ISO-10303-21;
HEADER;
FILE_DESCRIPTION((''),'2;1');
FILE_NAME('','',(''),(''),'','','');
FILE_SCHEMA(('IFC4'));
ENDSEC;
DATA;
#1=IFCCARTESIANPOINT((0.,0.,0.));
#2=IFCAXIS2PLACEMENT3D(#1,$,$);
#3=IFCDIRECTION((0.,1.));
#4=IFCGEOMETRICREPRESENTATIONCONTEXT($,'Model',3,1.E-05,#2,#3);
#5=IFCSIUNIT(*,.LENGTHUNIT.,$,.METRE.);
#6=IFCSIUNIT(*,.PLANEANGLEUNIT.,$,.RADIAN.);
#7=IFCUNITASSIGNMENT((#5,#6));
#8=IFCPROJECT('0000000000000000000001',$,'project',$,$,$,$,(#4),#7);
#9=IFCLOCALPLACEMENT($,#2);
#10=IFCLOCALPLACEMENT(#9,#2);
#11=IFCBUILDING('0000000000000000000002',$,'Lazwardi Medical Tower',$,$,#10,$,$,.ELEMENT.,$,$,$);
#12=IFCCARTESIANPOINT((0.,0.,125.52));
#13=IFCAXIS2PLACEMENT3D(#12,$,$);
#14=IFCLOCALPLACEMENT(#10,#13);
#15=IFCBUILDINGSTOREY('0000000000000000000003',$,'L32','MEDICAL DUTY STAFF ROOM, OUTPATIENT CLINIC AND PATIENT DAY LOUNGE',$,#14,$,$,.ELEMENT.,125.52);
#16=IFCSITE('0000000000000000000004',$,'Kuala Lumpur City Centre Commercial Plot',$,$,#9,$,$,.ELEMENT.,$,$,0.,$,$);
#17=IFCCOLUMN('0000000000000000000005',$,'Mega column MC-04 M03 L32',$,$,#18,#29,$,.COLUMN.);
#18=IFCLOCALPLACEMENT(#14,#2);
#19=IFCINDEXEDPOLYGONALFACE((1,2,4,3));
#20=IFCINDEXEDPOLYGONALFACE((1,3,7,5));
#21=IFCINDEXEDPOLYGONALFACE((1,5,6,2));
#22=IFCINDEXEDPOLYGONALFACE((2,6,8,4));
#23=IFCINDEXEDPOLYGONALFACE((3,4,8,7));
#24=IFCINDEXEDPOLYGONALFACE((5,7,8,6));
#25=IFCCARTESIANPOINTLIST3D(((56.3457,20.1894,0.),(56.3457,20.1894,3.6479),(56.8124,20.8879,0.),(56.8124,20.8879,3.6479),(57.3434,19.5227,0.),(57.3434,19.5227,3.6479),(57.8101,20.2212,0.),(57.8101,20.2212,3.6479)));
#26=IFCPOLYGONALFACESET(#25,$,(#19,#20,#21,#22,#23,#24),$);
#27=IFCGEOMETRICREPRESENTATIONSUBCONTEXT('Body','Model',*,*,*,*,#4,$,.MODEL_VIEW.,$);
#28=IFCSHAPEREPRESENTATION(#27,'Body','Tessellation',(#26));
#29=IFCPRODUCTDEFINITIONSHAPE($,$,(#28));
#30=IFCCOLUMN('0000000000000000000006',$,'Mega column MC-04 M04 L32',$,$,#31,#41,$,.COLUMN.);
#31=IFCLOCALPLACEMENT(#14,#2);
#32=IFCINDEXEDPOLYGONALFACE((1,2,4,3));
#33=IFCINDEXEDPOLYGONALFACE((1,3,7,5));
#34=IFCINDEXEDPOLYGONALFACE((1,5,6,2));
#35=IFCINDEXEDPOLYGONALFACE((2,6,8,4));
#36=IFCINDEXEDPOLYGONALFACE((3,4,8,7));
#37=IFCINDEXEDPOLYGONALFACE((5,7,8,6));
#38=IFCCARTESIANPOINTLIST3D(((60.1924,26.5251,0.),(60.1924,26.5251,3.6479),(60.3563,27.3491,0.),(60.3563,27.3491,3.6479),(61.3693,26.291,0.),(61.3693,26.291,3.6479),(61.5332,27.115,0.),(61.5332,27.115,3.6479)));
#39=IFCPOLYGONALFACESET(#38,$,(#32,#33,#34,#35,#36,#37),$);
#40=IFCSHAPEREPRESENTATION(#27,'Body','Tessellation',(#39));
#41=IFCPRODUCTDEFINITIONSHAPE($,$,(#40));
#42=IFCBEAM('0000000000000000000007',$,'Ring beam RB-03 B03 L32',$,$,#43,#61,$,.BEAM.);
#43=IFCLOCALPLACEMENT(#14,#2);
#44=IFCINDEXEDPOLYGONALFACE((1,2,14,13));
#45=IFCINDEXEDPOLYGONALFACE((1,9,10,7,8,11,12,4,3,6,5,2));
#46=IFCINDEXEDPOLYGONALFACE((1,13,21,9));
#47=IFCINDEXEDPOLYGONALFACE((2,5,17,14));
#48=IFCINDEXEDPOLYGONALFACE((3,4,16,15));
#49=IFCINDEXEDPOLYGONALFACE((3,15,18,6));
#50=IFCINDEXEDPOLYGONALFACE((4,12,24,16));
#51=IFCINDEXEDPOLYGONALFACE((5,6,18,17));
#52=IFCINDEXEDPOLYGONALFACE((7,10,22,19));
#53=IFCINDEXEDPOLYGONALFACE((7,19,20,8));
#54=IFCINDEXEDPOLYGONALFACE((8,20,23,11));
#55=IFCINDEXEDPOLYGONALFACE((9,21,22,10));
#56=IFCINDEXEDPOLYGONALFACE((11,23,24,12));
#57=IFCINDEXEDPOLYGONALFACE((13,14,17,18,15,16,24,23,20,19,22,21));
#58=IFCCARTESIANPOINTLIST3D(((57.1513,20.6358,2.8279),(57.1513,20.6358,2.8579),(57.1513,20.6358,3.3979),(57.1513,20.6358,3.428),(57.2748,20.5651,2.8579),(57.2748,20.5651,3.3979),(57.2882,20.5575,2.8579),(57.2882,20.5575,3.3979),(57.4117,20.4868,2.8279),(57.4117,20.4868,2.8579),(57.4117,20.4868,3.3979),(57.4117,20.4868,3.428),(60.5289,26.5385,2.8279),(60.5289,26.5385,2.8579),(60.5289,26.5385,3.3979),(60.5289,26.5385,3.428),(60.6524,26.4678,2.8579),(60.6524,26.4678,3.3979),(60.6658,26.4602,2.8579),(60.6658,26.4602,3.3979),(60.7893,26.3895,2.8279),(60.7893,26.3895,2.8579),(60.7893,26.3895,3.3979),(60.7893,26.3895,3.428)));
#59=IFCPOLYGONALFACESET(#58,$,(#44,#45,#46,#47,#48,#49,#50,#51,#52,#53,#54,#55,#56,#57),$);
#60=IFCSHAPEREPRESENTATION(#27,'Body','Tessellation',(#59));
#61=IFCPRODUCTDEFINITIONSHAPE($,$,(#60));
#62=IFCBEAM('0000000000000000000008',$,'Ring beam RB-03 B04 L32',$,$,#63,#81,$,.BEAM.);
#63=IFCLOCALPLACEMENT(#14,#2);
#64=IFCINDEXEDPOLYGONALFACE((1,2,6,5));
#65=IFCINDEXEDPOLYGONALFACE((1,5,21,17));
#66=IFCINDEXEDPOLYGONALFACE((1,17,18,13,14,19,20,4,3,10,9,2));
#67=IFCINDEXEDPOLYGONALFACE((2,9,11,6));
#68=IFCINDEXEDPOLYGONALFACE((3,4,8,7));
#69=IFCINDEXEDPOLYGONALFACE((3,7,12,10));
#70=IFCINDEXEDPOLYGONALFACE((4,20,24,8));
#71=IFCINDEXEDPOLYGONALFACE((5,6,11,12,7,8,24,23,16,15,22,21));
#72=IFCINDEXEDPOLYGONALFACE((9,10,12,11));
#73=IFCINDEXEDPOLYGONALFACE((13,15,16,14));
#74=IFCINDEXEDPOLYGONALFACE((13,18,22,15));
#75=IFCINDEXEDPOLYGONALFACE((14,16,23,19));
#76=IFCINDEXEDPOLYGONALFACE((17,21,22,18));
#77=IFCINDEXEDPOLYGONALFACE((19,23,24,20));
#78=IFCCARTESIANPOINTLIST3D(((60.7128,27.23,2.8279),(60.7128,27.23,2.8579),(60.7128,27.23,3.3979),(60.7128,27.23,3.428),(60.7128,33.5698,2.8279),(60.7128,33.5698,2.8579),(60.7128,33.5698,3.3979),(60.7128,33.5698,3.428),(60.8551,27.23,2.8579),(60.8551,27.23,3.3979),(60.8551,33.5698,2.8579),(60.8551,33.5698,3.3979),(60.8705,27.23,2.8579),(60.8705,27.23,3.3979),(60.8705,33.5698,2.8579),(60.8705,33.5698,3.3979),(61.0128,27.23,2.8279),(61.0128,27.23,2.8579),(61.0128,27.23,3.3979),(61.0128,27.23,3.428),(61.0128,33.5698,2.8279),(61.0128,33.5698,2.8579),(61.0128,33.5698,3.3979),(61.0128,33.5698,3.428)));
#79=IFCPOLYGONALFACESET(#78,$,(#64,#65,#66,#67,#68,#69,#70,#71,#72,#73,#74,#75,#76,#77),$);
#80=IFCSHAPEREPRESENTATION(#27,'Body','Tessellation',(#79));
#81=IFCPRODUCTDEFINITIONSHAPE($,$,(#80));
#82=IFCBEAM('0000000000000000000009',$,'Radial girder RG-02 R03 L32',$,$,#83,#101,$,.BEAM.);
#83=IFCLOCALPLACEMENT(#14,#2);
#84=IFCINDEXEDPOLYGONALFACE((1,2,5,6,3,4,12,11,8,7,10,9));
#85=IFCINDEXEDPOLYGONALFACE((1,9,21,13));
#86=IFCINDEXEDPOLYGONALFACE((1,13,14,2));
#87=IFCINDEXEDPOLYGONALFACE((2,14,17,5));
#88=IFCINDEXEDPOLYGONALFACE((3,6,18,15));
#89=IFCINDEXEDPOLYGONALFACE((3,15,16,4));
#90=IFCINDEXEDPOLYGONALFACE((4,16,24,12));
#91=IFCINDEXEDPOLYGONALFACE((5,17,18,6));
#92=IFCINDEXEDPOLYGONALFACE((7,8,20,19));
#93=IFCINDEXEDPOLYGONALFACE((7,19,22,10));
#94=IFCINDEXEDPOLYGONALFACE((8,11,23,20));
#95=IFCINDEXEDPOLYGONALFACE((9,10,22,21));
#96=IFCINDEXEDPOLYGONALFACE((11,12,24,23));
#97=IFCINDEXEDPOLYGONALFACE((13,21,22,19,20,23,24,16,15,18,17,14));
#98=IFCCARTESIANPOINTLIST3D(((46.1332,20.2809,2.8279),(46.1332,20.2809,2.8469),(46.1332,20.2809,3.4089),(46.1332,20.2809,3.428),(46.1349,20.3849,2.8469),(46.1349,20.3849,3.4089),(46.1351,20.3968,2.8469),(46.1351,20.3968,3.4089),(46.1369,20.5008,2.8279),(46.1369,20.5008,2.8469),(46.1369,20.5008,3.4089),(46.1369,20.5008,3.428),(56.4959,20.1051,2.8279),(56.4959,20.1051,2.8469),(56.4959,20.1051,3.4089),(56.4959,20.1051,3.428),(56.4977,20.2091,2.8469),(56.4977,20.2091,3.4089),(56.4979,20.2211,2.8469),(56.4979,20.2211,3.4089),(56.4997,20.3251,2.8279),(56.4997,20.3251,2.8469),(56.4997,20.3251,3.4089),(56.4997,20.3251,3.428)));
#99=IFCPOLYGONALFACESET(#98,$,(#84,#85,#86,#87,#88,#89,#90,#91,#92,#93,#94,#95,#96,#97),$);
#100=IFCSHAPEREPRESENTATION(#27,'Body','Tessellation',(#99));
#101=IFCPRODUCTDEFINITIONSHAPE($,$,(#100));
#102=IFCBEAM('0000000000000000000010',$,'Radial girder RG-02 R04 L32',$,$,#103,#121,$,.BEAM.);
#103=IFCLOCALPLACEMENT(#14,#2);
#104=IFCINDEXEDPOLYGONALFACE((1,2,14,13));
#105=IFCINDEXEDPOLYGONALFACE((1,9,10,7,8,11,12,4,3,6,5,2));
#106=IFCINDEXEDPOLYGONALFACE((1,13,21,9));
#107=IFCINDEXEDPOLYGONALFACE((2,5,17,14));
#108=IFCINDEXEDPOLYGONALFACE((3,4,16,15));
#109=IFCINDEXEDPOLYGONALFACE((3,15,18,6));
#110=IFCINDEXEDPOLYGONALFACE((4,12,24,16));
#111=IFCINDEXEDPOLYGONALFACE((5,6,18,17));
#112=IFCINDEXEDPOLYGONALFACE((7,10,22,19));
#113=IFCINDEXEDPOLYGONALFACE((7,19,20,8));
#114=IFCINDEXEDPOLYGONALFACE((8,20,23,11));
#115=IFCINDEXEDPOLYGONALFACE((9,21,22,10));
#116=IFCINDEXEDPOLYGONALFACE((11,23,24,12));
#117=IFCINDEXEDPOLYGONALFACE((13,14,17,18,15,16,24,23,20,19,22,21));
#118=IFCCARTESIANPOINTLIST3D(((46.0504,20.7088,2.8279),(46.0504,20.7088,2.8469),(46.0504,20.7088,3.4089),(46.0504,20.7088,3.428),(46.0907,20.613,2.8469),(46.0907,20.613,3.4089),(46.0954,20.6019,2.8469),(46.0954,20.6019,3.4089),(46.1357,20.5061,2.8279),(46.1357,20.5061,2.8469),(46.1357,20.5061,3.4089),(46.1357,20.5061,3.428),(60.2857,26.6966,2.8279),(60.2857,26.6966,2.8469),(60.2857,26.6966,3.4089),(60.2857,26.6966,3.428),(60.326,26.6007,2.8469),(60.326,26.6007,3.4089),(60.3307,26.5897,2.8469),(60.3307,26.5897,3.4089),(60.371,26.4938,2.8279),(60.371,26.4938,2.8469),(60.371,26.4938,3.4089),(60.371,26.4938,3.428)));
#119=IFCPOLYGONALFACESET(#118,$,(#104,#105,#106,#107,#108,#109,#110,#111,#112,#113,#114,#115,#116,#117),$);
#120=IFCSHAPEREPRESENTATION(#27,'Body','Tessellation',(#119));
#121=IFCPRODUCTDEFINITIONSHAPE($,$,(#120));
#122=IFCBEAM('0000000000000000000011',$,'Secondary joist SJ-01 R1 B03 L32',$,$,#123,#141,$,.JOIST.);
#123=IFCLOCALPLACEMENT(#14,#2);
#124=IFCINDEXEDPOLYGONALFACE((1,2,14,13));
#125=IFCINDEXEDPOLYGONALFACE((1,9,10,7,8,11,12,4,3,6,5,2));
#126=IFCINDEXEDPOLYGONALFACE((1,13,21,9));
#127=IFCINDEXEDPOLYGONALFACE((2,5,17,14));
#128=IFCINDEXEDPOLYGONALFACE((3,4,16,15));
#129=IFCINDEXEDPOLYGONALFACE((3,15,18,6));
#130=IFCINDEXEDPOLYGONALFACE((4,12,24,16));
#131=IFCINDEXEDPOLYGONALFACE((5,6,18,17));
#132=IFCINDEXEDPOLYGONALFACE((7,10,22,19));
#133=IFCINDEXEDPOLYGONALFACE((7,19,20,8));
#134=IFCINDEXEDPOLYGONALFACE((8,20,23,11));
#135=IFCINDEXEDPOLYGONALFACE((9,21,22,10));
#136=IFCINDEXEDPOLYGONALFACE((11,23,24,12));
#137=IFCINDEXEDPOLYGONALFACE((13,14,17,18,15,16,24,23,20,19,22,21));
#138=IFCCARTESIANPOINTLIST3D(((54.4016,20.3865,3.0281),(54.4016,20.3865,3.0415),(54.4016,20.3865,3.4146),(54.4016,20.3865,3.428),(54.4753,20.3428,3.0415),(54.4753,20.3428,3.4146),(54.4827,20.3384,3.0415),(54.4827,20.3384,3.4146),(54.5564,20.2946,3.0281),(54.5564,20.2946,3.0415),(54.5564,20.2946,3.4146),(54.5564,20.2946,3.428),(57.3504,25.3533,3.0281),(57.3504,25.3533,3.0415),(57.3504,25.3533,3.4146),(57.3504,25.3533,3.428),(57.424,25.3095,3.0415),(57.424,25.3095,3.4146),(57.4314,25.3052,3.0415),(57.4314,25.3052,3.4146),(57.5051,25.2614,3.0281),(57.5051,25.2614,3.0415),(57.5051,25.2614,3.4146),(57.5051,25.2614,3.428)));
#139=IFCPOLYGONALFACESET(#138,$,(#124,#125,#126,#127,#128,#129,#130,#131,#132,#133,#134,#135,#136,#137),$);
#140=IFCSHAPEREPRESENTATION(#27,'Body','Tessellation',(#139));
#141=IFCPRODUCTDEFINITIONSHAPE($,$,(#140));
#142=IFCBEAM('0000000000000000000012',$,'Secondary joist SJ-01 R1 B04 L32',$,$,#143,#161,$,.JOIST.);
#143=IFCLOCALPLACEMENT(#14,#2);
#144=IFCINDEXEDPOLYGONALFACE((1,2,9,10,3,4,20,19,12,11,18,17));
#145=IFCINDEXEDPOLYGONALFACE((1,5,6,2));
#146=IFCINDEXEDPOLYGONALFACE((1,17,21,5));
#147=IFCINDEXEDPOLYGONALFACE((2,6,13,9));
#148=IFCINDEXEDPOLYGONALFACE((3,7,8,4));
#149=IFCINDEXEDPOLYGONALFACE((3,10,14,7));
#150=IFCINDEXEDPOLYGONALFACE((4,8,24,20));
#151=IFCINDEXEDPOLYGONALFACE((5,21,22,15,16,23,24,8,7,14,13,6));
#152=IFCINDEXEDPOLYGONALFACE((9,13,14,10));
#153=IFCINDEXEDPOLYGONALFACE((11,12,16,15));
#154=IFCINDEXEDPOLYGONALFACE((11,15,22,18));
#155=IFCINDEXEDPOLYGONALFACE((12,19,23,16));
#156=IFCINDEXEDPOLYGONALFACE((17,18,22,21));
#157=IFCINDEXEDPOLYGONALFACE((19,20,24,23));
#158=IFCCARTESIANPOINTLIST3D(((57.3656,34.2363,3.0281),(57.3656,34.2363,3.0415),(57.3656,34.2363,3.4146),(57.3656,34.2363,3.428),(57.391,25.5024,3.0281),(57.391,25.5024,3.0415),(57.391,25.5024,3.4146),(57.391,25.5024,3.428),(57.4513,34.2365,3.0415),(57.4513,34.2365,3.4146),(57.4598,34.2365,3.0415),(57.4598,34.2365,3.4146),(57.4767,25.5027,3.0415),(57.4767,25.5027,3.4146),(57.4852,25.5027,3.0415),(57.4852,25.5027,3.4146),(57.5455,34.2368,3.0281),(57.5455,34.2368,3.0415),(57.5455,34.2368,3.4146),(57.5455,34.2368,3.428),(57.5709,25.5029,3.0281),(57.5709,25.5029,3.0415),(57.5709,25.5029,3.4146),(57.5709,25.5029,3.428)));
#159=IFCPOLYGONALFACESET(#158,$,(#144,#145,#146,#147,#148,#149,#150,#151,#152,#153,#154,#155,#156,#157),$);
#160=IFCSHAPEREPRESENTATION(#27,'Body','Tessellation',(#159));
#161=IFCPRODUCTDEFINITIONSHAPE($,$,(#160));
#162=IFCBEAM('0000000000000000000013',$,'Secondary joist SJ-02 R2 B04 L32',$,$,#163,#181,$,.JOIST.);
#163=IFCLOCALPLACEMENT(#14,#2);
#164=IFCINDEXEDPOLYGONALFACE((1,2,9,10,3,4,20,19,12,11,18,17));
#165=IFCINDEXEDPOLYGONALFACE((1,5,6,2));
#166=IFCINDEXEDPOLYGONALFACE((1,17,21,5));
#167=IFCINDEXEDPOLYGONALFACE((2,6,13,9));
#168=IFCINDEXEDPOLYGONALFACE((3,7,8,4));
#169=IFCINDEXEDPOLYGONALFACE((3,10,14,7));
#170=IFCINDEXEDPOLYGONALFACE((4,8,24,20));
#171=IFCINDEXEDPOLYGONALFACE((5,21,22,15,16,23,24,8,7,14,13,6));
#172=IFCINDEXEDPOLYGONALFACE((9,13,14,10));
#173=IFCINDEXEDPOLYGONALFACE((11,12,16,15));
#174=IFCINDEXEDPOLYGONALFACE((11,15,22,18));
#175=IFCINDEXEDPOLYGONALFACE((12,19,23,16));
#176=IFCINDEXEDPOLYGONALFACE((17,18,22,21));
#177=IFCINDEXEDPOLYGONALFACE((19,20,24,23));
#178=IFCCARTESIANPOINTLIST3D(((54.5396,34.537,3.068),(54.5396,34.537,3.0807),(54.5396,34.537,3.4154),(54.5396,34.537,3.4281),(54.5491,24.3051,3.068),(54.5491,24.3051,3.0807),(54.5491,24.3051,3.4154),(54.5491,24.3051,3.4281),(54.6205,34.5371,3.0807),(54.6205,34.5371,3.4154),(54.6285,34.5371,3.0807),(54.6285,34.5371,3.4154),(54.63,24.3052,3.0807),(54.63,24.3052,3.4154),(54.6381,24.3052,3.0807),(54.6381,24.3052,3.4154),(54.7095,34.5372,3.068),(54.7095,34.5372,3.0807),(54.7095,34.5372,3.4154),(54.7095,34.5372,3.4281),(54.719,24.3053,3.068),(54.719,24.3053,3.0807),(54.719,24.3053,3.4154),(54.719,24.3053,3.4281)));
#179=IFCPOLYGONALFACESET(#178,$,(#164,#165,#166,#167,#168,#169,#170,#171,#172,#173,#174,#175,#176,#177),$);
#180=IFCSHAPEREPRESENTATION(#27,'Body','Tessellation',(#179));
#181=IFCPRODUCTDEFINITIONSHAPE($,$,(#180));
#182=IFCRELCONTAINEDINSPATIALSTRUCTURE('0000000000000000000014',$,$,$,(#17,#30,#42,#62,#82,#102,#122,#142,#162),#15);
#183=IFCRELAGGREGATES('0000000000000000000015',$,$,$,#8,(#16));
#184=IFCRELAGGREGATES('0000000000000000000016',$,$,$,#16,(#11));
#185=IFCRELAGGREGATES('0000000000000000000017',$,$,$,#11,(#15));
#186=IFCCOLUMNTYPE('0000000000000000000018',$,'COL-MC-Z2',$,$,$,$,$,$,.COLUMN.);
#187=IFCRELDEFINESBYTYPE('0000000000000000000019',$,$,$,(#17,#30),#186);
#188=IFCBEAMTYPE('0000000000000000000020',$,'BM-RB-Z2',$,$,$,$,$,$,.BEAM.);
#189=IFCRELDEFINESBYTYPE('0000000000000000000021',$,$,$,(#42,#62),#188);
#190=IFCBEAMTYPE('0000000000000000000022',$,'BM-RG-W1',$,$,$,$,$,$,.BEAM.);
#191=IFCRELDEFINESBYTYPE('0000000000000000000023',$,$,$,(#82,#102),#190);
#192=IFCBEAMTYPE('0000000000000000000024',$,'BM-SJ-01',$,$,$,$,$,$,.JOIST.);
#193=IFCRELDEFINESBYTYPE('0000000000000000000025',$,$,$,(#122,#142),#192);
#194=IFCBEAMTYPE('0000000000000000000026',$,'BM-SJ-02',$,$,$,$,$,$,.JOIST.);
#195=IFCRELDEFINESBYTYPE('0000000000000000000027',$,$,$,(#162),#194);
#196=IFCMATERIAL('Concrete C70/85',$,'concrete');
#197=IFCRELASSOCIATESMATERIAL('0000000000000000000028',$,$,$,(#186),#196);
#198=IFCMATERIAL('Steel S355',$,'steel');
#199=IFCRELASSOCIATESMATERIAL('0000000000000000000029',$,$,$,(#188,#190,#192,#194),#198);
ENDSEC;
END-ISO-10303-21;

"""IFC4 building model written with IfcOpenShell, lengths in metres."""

from ifc_helpers import new_model, si_unit, direction, frame, origin, origin_2d, place, context, subcontext, project, spatial, rectangle, i_section, extrude, material, material_profile, profile_set, type_object, element, save


model = new_model("IFC4")

# Units and contexts
model_context = context("Model", 3, precision=1e-05, world=origin(), true_north=direction((0.0, 1.0)))
body_context = subcontext(model_context, "Body", "Model", "MODEL_VIEW")
ifc_project = project(units=[si_unit("LENGTHUNIT", "METRE"), si_unit("PLANEANGLEUNIT", "RADIAN")], contexts=[model_context])

# Site, building, storey
site_placement = place(None, origin())
site = spatial("IfcSite", under=ifc_project, at=site_placement, Name="Kuala Lumpur City Centre Commercial Plot", CompositionType="ELEMENT", RefElevation=0.0)
building_placement = place(site_placement, origin())
building = spatial("IfcBuilding", under=site, at=building_placement, Name="Lazwardi Medical Tower", CompositionType="ELEMENT")
storey_placement = place(building_placement, frame((0.0, 0.0, 125.52)))
storey = spatial("IfcBuildingStorey", under=building, at=storey_placement, Name="L32", Description="MEDICAL DUTY STAFF ROOM, OUTPATIENT CLINIC AND PATIENT DAY LOUNGE", CompositionType="ELEMENT", Elevation=125.52)

# Columns
ifc_material_1 = material(Name="Concrete C70/85", Category="concrete")
ifc_material_profile_1 = material_profile(ifc_material_1, rectangle(XDim=1.2, YDim=0.8401, at=origin_2d()), Name="CFT-RECT 1200x840")
ifc_profile_set_1 = profile_set([ifc_material_profile_1], Name="Concrete C70/85")
column_type = type_object("IfcColumnType", Name="COL-MC-Z2", PredefinedType="COLUMN", material=ifc_profile_set_1)
for number, where, z_axis, x_axis, name in (
    (1, (57.0779, 20.2053, 0.0), (0.0, 0.0, 1.0), (0.83147, -0.55557, 0.0), "Mega column MC-04 M03 L32"),
    (2, (60.8628, 26.8201, 0.0), (0.0, 0.0, 1.0), (0.980785, -0.19509, 0.0), "Mega column MC-04 M04 L32"),
):
    element("IfcColumn", number, at=place(storey_placement, frame(where, z_axis=z_axis, x_axis=x_axis)), inside=storey, type_object=column_type, Name=name, PredefinedType="COLUMN", context=body_context, shape_type="SweptSolid", body=[
        extrude(rectangle(XDim=1.2, YDim=0.8401, at=origin_2d()), origin(), (0.0, 0.0, 1.0), 3.6479),
    ])

# Beams
ifc_material_2 = material(Name="Steel S355", Category="steel")
ifc_material_profile_2 = material_profile(ifc_material_2, i_section(OverallWidth=0.3, OverallDepth=0.6001, WebThickness=0.0154, FlangeThickness=0.03, at=origin_2d()), Name="HEB 600")
ifc_profile_set_2 = profile_set([ifc_material_profile_2], Name="Steel S355")
beam_type_1 = type_object("IfcBeamType", Name="BM-RB-Z2", PredefinedType="BEAM", material=ifc_profile_set_2)
beam_1_placement = place(storey_placement, frame((57.2815, 20.5613, 3.1279), z_axis=(0.496653, 0.867949, 0.0), x_axis=(-0.867949, 0.496653, 0.0)))
element("IfcBeam", 3, at=beam_1_placement, inside=storey, type_object=beam_type_1, Name="Ring beam RB-03 B03 L32", PredefinedType="BEAM", context=body_context, shape_type="SweptSolid", body=[
    extrude(i_section(OverallWidth=0.3, OverallDepth=0.6001, WebThickness=0.0154, FlangeThickness=0.03, at=origin_2d()), origin(), (0.0, 0.0, 1.0), 6.8008),
])
beam_2_placement = place(storey_placement, frame((60.8628, 27.23, 3.1279), z_axis=(0.0, 1.0, 0.0), x_axis=(-1.0, 0.0, 0.0)))
element("IfcBeam", 4, at=beam_2_placement, inside=storey, type_object=beam_type_1, Name="Ring beam RB-03 B04 L32", PredefinedType="BEAM", context=body_context, shape_type="SweptSolid", body=[
    extrude(i_section(OverallWidth=0.3, OverallDepth=0.6001, WebThickness=0.0154, FlangeThickness=0.03, at=origin_2d()), origin(), (0.0, 0.0, 1.0), 6.3398),
])
ifc_material_profile_3 = material_profile(ifc_material_2, i_section(OverallWidth=0.22, OverallDepth=0.6001, WebThickness=0.012, FlangeThickness=0.019, at=origin_2d()), Name="IPE 600")
ifc_profile_set_3 = profile_set([ifc_material_profile_3], Name="Steel S355")
beam_type_2 = type_object("IfcBeamType", Name="BM-RG-W1", PredefinedType="BEAM", material=ifc_profile_set_3)
beam_3_placement = place(storey_placement, frame((56.4978, 20.2151, 3.1279), z_axis=(-0.999856, 0.01696, 0.0), x_axis=(-0.01696, -0.999856, 0.0)))
element("IfcBeam", 5, at=beam_3_placement, inside=storey, type_object=beam_type_2, Name="Radial girder RG-02 R03 L32", PredefinedType="BEAM", context=body_context, shape_type="SweptSolid", body=[
    extrude(i_section(OverallWidth=0.22, OverallDepth=0.6001, WebThickness=0.012, FlangeThickness=0.019, at=origin_2d()), origin(), (0.0, 0.0, 1.0), 10.3643),
])
beam_4_placement = place(storey_placement, frame((60.3284, 26.5952, 3.1279), z_axis=(-0.921775, -0.387725, 0.0), x_axis=(0.387725, -0.921775, 0.0)))
element("IfcBeam", 6, at=beam_4_placement, inside=storey, type_object=beam_type_2, Name="Radial girder RG-02 R04 L32", PredefinedType="BEAM", context=body_context, shape_type="SweptSolid", body=[
    extrude(i_section(OverallWidth=0.22, OverallDepth=0.6001, WebThickness=0.012, FlangeThickness=0.019, at=origin_2d()), origin(), (0.0, 0.0, 1.0), 15.4434),
])
ifc_material_profile_4 = material_profile(ifc_material_2, i_section(OverallWidth=0.1799, OverallDepth=0.3999, WebThickness=0.0085, FlangeThickness=0.0134, at=origin_2d()), Name="IPE 400")
ifc_profile_set_4 = profile_set([ifc_material_profile_4], Name="Steel S355")
beam_type_3 = type_object("IfcBeamType", Name="BM-SJ-01", PredefinedType="JOIST", material=ifc_profile_set_4)
beam_5_placement = place(storey_placement, frame((54.479, 20.3406, 3.228), z_axis=(0.5105, 0.859878, 0.0), x_axis=(-0.859878, 0.5105, 0.0)))
element("IfcBeam", 7, at=beam_5_placement, inside=storey, type_object=beam_type_3, Name="Secondary joist SJ-01 R1 B03 L32", PredefinedType="JOIST", context=body_context, shape_type="SweptSolid", body=[
    extrude(i_section(OverallWidth=0.1799, OverallDepth=0.3999, WebThickness=0.0085, FlangeThickness=0.0134, at=origin_2d()), origin(), (0.0, 0.0, 1.0), 5.7761),
])
beam_6_placement = place(storey_placement, frame((57.481, 25.5027, 3.228), z_axis=(-0.002907, 0.999996, 0.0), x_axis=(-0.999996, -0.002907, 0.0)))
element("IfcBeam", 8, at=beam_6_placement, inside=storey, type_object=beam_type_3, Name="Secondary joist SJ-01 R1 B04 L32", PredefinedType="JOIST", context=body_context, shape_type="SweptSolid", body=[
    extrude(i_section(OverallWidth=0.1799, OverallDepth=0.3999, WebThickness=0.0085, FlangeThickness=0.0134, at=origin_2d()), origin(), (0.0, 0.0, 1.0), 8.7339),
])
ifc_material_profile_5 = material_profile(ifc_material_2, i_section(OverallWidth=0.1699, OverallDepth=0.3601, WebThickness=0.0081, FlangeThickness=0.0127, at=origin_2d()), Name="IPE 360")
ifc_profile_set_5 = profile_set([ifc_material_profile_5], Name="Steel S355")
beam_type_4 = type_object("IfcBeamType", Name="BM-SJ-02", PredefinedType="JOIST", material=ifc_profile_set_5)
beam_7_placement = place(storey_placement, frame((54.634, 24.3052, 3.248), z_axis=(-0.000931, 1.0, 0.0), x_axis=(-1.0, -0.000931, 0.0)))
element("IfcBeam", 9, at=beam_7_placement, inside=storey, type_object=beam_type_4, Name="Secondary joist SJ-02 R2 B04 L32", PredefinedType="JOIST", context=body_context, shape_type="SweptSolid", body=[
    extrude(i_section(OverallWidth=0.1699, OverallDepth=0.3601, WebThickness=0.0081, FlangeThickness=0.0127, at=origin_2d()), origin(), (0.0, 0.0, 1.0), 10.2319),
])

save(model, "model.ifc")
